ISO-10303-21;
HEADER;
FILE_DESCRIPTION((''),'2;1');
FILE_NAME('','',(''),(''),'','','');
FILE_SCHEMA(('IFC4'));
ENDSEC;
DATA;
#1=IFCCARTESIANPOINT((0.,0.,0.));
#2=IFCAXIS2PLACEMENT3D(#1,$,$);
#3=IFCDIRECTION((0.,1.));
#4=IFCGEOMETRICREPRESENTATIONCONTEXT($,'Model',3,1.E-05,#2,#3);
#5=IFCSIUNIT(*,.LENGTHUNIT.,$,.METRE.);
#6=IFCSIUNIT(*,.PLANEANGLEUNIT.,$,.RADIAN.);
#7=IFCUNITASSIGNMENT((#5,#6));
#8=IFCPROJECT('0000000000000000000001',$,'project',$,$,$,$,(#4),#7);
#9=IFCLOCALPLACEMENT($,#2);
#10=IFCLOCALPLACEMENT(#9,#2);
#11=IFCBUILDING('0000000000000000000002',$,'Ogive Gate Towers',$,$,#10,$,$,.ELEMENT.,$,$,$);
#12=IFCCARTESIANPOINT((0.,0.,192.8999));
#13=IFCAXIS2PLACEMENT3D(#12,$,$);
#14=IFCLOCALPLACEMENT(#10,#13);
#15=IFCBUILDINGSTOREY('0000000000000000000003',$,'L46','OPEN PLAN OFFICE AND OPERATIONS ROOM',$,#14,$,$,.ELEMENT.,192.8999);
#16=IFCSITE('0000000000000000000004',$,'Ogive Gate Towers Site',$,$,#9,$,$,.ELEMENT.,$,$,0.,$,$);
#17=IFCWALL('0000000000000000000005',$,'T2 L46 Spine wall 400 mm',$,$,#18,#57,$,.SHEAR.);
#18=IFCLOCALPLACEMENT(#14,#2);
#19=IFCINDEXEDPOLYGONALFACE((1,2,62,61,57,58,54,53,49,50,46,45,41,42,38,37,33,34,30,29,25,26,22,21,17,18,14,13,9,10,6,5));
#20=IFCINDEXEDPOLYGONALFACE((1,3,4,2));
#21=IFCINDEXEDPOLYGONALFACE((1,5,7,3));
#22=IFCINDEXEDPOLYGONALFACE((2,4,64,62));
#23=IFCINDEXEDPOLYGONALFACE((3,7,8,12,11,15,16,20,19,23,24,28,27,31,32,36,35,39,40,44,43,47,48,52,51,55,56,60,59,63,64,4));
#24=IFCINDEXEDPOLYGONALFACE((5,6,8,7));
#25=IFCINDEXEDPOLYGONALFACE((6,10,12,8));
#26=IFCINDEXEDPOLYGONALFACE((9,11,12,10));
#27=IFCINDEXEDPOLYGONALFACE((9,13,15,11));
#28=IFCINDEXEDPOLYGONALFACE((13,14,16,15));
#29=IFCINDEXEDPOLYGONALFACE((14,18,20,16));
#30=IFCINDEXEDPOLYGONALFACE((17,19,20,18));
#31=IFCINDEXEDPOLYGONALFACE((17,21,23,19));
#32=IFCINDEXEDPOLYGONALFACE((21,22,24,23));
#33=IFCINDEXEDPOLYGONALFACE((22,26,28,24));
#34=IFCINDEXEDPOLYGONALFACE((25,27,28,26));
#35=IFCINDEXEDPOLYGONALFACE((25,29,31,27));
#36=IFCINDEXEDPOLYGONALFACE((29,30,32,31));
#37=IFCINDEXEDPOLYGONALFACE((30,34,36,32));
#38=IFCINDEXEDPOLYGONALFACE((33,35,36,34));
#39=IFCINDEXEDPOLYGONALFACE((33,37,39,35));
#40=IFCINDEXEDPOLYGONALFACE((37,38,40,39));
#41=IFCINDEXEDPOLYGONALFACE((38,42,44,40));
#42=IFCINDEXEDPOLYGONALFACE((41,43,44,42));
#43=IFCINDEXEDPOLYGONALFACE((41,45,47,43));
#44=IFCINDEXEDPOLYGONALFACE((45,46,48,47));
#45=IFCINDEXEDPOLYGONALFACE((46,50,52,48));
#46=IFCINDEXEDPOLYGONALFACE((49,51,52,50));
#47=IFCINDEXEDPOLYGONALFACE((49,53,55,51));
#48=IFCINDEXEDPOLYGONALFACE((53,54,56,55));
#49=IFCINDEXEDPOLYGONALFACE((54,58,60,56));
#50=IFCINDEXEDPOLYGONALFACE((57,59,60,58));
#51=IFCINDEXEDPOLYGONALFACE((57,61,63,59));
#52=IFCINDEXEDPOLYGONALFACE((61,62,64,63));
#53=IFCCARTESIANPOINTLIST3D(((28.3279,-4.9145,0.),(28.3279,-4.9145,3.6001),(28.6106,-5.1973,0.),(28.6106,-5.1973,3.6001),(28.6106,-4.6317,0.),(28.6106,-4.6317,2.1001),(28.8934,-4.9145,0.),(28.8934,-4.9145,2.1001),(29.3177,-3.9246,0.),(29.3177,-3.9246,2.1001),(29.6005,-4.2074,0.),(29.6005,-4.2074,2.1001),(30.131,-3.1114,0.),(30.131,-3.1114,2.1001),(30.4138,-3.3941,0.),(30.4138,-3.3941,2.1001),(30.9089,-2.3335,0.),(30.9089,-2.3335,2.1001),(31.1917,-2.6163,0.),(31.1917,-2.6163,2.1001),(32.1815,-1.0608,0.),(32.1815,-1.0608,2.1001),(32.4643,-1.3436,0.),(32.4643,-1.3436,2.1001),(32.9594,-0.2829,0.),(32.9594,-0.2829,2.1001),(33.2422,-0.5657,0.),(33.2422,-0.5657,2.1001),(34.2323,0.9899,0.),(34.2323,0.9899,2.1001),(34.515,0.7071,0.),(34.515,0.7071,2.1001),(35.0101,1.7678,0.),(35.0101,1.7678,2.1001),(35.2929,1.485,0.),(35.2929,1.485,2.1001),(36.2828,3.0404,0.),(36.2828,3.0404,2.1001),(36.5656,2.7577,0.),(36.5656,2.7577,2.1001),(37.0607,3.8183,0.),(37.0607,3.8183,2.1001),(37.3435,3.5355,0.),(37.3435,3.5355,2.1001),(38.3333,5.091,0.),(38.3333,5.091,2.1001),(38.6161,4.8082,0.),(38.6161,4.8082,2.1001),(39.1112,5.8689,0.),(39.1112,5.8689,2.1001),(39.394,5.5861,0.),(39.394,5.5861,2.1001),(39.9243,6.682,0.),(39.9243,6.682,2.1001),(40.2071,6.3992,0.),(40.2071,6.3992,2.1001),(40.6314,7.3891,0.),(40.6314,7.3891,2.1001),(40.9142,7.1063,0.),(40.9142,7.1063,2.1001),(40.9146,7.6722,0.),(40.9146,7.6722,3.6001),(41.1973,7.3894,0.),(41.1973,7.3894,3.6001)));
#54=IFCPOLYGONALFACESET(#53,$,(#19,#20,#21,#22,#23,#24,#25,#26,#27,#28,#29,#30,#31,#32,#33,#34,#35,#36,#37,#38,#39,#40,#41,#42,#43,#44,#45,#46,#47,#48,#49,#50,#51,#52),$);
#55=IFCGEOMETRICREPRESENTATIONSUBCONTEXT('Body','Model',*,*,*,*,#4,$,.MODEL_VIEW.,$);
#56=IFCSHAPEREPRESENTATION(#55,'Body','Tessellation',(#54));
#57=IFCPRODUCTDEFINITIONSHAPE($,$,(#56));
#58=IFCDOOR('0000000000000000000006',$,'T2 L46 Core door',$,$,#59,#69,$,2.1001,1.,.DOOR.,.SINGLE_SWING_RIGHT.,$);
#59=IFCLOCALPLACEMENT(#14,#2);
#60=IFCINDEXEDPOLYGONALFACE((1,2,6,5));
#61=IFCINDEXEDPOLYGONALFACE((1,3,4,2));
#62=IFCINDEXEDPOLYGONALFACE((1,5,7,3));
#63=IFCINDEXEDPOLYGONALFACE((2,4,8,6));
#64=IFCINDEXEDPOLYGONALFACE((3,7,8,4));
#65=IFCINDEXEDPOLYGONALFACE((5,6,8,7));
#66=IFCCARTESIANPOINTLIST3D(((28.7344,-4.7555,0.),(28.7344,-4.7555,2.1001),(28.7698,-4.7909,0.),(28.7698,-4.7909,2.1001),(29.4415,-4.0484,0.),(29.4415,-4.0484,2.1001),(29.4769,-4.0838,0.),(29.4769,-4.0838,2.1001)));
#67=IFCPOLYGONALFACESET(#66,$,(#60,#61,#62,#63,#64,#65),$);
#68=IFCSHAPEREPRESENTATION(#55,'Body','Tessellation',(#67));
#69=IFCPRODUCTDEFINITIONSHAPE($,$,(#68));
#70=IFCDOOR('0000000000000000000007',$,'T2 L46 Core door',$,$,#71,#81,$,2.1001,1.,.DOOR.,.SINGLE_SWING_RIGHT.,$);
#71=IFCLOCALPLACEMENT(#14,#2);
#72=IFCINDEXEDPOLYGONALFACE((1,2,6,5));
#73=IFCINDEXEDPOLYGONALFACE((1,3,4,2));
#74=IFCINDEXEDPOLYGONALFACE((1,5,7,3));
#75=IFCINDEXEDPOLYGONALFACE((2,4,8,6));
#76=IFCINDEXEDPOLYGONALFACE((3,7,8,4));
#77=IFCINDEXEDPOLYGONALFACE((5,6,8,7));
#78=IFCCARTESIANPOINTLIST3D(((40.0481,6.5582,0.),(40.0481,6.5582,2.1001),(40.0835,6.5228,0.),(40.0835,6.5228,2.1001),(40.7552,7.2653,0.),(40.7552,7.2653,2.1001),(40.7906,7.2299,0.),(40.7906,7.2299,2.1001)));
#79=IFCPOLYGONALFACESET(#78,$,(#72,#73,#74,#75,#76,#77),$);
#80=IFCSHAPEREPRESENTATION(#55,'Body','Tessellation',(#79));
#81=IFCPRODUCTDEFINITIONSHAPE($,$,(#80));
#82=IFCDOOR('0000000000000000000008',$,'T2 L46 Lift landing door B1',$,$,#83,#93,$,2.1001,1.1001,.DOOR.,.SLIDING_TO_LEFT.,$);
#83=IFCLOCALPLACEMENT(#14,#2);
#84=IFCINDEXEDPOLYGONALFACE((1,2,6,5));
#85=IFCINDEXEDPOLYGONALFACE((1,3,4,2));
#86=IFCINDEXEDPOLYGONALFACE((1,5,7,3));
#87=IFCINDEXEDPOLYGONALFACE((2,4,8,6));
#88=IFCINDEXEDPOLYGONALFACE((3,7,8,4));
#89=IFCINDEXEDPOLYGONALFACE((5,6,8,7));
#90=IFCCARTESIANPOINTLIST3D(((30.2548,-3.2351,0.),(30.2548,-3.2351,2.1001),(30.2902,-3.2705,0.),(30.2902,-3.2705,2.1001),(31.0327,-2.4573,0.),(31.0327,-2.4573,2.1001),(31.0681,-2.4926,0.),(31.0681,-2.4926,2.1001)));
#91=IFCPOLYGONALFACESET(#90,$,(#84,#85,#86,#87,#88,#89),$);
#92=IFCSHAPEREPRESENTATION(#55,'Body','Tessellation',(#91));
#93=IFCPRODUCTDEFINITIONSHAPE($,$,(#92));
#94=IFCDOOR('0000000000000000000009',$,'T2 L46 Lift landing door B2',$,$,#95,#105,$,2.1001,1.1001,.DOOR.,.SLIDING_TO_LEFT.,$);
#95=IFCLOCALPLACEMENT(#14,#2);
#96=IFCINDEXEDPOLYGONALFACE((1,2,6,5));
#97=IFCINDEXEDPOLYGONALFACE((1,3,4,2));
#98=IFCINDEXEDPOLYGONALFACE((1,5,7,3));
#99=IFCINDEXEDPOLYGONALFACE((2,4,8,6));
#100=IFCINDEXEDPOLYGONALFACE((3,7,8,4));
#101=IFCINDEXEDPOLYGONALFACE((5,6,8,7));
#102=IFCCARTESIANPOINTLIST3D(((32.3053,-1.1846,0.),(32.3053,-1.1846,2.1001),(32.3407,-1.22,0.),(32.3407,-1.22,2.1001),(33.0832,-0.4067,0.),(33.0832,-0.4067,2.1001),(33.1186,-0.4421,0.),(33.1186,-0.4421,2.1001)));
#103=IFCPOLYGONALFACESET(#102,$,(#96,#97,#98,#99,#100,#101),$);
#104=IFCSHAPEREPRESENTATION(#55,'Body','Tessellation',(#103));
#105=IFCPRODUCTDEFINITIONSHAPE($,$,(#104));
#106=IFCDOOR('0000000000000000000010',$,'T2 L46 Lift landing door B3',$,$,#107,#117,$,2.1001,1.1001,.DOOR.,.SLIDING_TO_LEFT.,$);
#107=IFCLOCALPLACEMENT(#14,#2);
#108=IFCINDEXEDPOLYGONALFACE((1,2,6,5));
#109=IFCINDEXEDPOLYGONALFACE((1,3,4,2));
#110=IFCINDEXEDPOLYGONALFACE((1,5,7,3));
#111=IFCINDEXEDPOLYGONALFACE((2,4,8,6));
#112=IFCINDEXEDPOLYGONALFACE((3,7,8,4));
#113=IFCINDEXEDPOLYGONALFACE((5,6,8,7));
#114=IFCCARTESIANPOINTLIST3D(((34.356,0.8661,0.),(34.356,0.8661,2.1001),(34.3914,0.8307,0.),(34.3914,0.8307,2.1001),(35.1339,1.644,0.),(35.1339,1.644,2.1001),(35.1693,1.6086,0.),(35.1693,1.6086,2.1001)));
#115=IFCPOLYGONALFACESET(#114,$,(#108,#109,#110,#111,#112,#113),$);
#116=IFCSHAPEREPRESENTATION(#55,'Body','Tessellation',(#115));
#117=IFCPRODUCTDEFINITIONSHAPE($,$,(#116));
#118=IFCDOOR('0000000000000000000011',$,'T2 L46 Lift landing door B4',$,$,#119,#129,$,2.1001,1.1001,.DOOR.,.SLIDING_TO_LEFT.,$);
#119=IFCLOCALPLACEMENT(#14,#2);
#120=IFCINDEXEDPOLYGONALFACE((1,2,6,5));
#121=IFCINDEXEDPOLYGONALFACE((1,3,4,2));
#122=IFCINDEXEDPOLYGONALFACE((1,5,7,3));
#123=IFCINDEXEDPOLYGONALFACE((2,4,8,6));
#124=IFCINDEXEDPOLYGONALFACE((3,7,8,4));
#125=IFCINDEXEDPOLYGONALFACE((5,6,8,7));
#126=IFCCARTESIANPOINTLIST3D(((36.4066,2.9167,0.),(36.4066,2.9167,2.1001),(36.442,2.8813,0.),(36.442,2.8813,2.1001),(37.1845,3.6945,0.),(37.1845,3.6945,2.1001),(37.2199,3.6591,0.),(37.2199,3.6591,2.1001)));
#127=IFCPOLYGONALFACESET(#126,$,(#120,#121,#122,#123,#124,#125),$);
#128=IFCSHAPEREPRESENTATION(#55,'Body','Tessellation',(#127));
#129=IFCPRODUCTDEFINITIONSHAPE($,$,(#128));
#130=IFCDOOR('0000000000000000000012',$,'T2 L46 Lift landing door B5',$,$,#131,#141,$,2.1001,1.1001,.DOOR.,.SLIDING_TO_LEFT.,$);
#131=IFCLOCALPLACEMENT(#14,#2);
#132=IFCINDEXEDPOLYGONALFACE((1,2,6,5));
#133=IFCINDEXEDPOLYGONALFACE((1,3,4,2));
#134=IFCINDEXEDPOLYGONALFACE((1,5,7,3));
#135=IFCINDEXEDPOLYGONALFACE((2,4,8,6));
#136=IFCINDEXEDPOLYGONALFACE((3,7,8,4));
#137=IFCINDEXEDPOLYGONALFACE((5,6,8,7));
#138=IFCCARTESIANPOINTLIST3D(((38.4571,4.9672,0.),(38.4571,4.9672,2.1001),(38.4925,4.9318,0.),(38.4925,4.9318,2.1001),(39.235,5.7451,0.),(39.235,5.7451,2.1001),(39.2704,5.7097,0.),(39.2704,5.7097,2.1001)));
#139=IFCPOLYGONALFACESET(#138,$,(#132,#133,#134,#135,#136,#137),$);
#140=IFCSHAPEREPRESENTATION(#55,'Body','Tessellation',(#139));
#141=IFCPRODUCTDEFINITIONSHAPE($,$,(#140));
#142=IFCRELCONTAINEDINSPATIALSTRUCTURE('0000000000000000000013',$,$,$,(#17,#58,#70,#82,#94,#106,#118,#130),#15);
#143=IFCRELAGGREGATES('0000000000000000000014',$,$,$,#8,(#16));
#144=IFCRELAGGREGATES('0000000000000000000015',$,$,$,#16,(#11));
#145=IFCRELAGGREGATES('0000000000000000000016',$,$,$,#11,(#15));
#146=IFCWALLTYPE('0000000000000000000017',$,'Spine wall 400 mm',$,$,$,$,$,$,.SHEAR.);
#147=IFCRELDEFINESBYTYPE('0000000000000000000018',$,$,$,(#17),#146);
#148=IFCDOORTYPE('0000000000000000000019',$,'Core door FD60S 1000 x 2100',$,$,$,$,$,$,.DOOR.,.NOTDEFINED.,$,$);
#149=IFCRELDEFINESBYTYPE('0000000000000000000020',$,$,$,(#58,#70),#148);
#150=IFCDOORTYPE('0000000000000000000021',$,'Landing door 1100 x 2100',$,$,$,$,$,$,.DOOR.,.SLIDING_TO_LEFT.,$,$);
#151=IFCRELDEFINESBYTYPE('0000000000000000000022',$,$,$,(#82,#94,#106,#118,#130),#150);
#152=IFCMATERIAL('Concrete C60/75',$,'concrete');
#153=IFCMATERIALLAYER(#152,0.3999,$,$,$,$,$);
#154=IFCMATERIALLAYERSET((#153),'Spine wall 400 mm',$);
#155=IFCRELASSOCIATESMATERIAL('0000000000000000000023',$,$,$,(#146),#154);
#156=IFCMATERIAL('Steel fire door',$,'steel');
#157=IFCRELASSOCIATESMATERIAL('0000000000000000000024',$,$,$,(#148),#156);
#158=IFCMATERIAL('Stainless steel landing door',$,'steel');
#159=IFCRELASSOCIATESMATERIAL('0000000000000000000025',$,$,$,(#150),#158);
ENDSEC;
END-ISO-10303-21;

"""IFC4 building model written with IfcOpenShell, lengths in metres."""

from ifc_helpers import new_model, si_unit, direction, frame, frame_2d, origin, place, context, subcontext, project, spatial, rectangle, extrude, material, layer, layer_set, type_object, element, fill, save


model = new_model("IFC4")

# Units and contexts
model_context = context("Model", 3, precision=1e-05, world=origin(), true_north=direction((0.0, 1.0)))
body_context = subcontext(model_context, "Body", "Model", "MODEL_VIEW")
ifc_project = project(units=[si_unit("LENGTHUNIT", "METRE"), si_unit("PLANEANGLEUNIT", "RADIAN")], contexts=[model_context])

# Site, building, storey
site_placement = place(None, origin())
site = spatial("IfcSite", under=ifc_project, at=site_placement, Name="Ogive Gate Towers Site", CompositionType="ELEMENT", RefElevation=0.0)
building_placement = place(site_placement, origin())
building = spatial("IfcBuilding", under=site, at=building_placement, Name="Ogive Gate Towers", CompositionType="ELEMENT")
storey_placement = place(building_placement, frame((0.0, 0.0, 192.8999)))
storey = spatial("IfcBuildingStorey", under=building, at=storey_placement, Name="L46", Description="OPEN PLAN OFFICE AND OPERATIONS ROOM", CompositionType="ELEMENT", Elevation=192.8999)

# Shared definitions
ifc_material_1 = material(Name="Concrete C60/75", Category="concrete")

# Wall, openings, doors
ifc_layer_1 = layer(ifc_material_1, 0.3999)
ifc_layer_set_1 = layer_set([ifc_layer_1], Name="Spine wall 400 mm")
wall_type_1 = type_object("IfcWallType", Name="Spine wall 400 mm", PredefinedType="SHEAR", material=ifc_layer_set_1)
ifc_material_2 = material(Name="Steel fire door", Category="steel")
door_type_1 = type_object("IfcDoorType", Name="Core door FD60S 1000 x 2100", OperationType="NOTDEFINED", PredefinedType="DOOR", material=ifc_material_2)
ifc_material_3 = material(Name="Stainless steel landing door", Category="steel")
door_type_2 = type_object("IfcDoorType", Name="Landing door 1100 x 2100", OperationType="SLIDING_TO_LEFT", PredefinedType="DOOR", material=ifc_material_3)
wall_1_placement = place(storey_placement, frame((28.4692, -5.0559, 0.0), z_axis=(0.0, 0.0, 1.0), x_axis=(0.707107, 0.707107, 0.0)))
wall_1 = element("IfcWall", 1, at=wall_1_placement, inside=storey, type_object=wall_type_1, Name="T2 L46 Spine wall 400 mm", PredefinedType="SHEAR", context=body_context, shape_type="SweptSolid", body=[
    extrude(rectangle(XDim=17.8003, YDim=0.3999, at=frame_2d((8.9001, 0.0))), origin(), (0.0, 0.0, 1.0), 3.6001),
])
opening_1_placement = place(wall_1_placement, frame((0.3999, 0.0, 0.0)))
opening_1 = element("IfcOpeningElement", 2, at=opening_1_placement, cuts=wall_1, PredefinedType="OPENING", context=body_context, shape_type="SweptSolid", body=[
    extrude(rectangle(XDim=1.0, YDim=2.1001, at=frame_2d((0.5, 1.05))), frame((0.0, 0.21, 0.0), z_axis=(0.0, -1.0, 0.0), x_axis=(1.0, 0.0, 0.0)), (0.0, 0.0, 1.0), 0.4199),
])
opening_2_placement = place(wall_1_placement, frame((2.55, 0.0, 0.0)))
opening_2 = element("IfcOpeningElement", 3, at=opening_2_placement, cuts=wall_1, PredefinedType="OPENING", context=body_context, shape_type="SweptSolid", body=[
    extrude(rectangle(XDim=1.1001, YDim=2.1001, at=frame_2d((0.55, 1.05))), frame((0.0, 0.21, 0.0), z_axis=(0.0, -1.0, 0.0), x_axis=(1.0, 0.0, 0.0)), (0.0, 0.0, 1.0), 0.4199),
])
opening_3_placement = place(wall_1_placement, frame((5.45, 0.0, 0.0)))
opening_3 = element("IfcOpeningElement", 4, at=opening_3_placement, cuts=wall_1, PredefinedType="OPENING", context=body_context, shape_type="SweptSolid", body=[
    extrude(rectangle(XDim=1.1001, YDim=2.1001, at=frame_2d((0.55, 1.05))), frame((0.0, 0.21, 0.0), z_axis=(0.0, -1.0, 0.0), x_axis=(1.0, 0.0, 0.0)), (0.0, 0.0, 1.0), 0.4199),
])
opening_4_placement = place(wall_1_placement, frame((8.3501, 0.0, 0.0)))
opening_4 = element("IfcOpeningElement", 5, at=opening_4_placement, cuts=wall_1, PredefinedType="OPENING", context=body_context, shape_type="SweptSolid", body=[
    extrude(rectangle(XDim=1.1001, YDim=2.1001, at=frame_2d((0.55, 1.05))), frame((0.0, 0.21, 0.0), z_axis=(0.0, -1.0, 0.0), x_axis=(1.0, 0.0, 0.0)), (0.0, 0.0, 1.0), 0.4199),
])
opening_5_placement = place(wall_1_placement, frame((11.25, 0.0, 0.0)))
opening_5 = element("IfcOpeningElement", 6, at=opening_5_placement, cuts=wall_1, PredefinedType="OPENING", context=body_context, shape_type="SweptSolid", body=[
    extrude(rectangle(XDim=1.1001, YDim=2.1001, at=frame_2d((0.55, 1.05))), frame((0.0, 0.21, 0.0), z_axis=(0.0, -1.0, 0.0), x_axis=(1.0, 0.0, 0.0)), (0.0, 0.0, 1.0), 0.4199),
])
opening_6_placement = place(wall_1_placement, frame((14.1499, 0.0, 0.0)))
opening_6 = element("IfcOpeningElement", 7, at=opening_6_placement, cuts=wall_1, PredefinedType="OPENING", context=body_context, shape_type="SweptSolid", body=[
    extrude(rectangle(XDim=1.1001, YDim=2.1001, at=frame_2d((0.55, 1.05))), frame((0.0, 0.21, 0.0), z_axis=(0.0, -1.0, 0.0), x_axis=(1.0, 0.0, 0.0)), (0.0, 0.0, 1.0), 0.4199),
])
opening_7_placement = place(wall_1_placement, frame((16.3999, 0.0, 0.0)))
opening_7 = element("IfcOpeningElement", 8, at=opening_7_placement, cuts=wall_1, PredefinedType="OPENING", context=body_context, shape_type="SweptSolid", body=[
    extrude(rectangle(XDim=1.0, YDim=2.1001, at=frame_2d((0.5, 1.05))), frame((0.0, 0.21, 0.0), z_axis=(0.0, -1.0, 0.0), x_axis=(1.0, 0.0, 0.0)), (0.0, 0.0, 1.0), 0.4199),
])
door_1_placement = place(opening_1_placement, origin())
door_1 = element("IfcDoor", 9, at=door_1_placement, inside=storey, type_object=door_type_1, Name="T2 L46 Core door", OperationType="SINGLE_SWING_RIGHT", OverallHeight=2.1001, OverallWidth=1.0, PredefinedType="DOOR", context=body_context, shape_type="SweptSolid", body=[
    extrude(rectangle(XDim=1.0, YDim=2.1001, at=frame_2d((0.5, 1.05))), frame((0.0, 0.0249, 0.0), z_axis=(0.0, -1.0, 0.0), x_axis=(1.0, 0.0, 0.0)), (0.0, 0.0, 1.0), 0.05),
])
fill(opening_1, door_1)
door_2_placement = place(opening_7_placement, origin())
door_2 = element("IfcDoor", 10, at=door_2_placement, inside=storey, type_object=door_type_1, Name="T2 L46 Core door", OperationType="SINGLE_SWING_RIGHT", OverallHeight=2.1001, OverallWidth=1.0, PredefinedType="DOOR", context=body_context, shape_type="SweptSolid", body=[
    extrude(rectangle(XDim=1.0, YDim=2.1001, at=frame_2d((0.5, 1.05))), frame((0.0, 0.0249, 0.0), z_axis=(0.0, -1.0, 0.0), x_axis=(1.0, 0.0, 0.0)), (0.0, 0.0, 1.0), 0.05),
])
fill(opening_7, door_2)
door_3_placement = place(opening_2_placement, origin())
door_3 = element("IfcDoor", 11, at=door_3_placement, inside=storey, type_object=door_type_2, Name="T2 L46 Lift landing door B1", OperationType="SLIDING_TO_LEFT", OverallHeight=2.1001, OverallWidth=1.1001, PredefinedType="DOOR", context=body_context, shape_type="SweptSolid", body=[
    extrude(rectangle(XDim=1.1001, YDim=2.1001, at=frame_2d((0.55, 1.05))), frame((0.0, 0.0249, 0.0), z_axis=(0.0, -1.0, 0.0), x_axis=(1.0, 0.0, 0.0)), (0.0, 0.0, 1.0), 0.05),
])
fill(opening_2, door_3)
door_4_placement = place(opening_3_placement, origin())
door_4 = element("IfcDoor", 12, at=door_4_placement, inside=storey, type_object=door_type_2, Name="T2 L46 Lift landing door B2", OperationType="SLIDING_TO_LEFT", OverallHeight=2.1001, OverallWidth=1.1001, PredefinedType="DOOR", context=body_context, shape_type="SweptSolid", body=[
    extrude(rectangle(XDim=1.1001, YDim=2.1001, at=frame_2d((0.55, 1.05))), frame((0.0, 0.0249, 0.0), z_axis=(0.0, -1.0, 0.0), x_axis=(1.0, 0.0, 0.0)), (0.0, 0.0, 1.0), 0.05),
])
fill(opening_3, door_4)
door_5_placement = place(opening_4_placement, origin())
door_5 = element("IfcDoor", 13, at=door_5_placement, inside=storey, type_object=door_type_2, Name="T2 L46 Lift landing door B3", OperationType="SLIDING_TO_LEFT", OverallHeight=2.1001, OverallWidth=1.1001, PredefinedType="DOOR", context=body_context, shape_type="SweptSolid", body=[
    extrude(rectangle(XDim=1.1001, YDim=2.1001, at=frame_2d((0.55, 1.05))), frame((0.0, 0.0249, 0.0), z_axis=(0.0, -1.0, 0.0), x_axis=(1.0, 0.0, 0.0)), (0.0, 0.0, 1.0), 0.05),
])
fill(opening_4, door_5)
door_6_placement = place(opening_5_placement, origin())
door_6 = element("IfcDoor", 14, at=door_6_placement, inside=storey, type_object=door_type_2, Name="T2 L46 Lift landing door B4", OperationType="SLIDING_TO_LEFT", OverallHeight=2.1001, OverallWidth=1.1001, PredefinedType="DOOR", context=body_context, shape_type="SweptSolid", body=[
    extrude(rectangle(XDim=1.1001, YDim=2.1001, at=frame_2d((0.55, 1.05))), frame((0.0, 0.0249, 0.0), z_axis=(0.0, -1.0, 0.0), x_axis=(1.0, 0.0, 0.0)), (0.0, 0.0, 1.0), 0.05),
])
fill(opening_5, door_6)
door_7_placement = place(opening_6_placement, origin())
door_7 = element("IfcDoor", 15, at=door_7_placement, inside=storey, type_object=door_type_2, Name="T2 L46 Lift landing door B5", OperationType="SLIDING_TO_LEFT", OverallHeight=2.1001, OverallWidth=1.1001, PredefinedType="DOOR", context=body_context, shape_type="SweptSolid", body=[
    extrude(rectangle(XDim=1.1001, YDim=2.1001, at=frame_2d((0.55, 1.05))), frame((0.0, 0.0249, 0.0), z_axis=(0.0, -1.0, 0.0), x_axis=(1.0, 0.0, 0.0)), (0.0, 0.0, 1.0), 0.05),
])
fill(opening_6, door_7)

save(model, "model.ifc")
